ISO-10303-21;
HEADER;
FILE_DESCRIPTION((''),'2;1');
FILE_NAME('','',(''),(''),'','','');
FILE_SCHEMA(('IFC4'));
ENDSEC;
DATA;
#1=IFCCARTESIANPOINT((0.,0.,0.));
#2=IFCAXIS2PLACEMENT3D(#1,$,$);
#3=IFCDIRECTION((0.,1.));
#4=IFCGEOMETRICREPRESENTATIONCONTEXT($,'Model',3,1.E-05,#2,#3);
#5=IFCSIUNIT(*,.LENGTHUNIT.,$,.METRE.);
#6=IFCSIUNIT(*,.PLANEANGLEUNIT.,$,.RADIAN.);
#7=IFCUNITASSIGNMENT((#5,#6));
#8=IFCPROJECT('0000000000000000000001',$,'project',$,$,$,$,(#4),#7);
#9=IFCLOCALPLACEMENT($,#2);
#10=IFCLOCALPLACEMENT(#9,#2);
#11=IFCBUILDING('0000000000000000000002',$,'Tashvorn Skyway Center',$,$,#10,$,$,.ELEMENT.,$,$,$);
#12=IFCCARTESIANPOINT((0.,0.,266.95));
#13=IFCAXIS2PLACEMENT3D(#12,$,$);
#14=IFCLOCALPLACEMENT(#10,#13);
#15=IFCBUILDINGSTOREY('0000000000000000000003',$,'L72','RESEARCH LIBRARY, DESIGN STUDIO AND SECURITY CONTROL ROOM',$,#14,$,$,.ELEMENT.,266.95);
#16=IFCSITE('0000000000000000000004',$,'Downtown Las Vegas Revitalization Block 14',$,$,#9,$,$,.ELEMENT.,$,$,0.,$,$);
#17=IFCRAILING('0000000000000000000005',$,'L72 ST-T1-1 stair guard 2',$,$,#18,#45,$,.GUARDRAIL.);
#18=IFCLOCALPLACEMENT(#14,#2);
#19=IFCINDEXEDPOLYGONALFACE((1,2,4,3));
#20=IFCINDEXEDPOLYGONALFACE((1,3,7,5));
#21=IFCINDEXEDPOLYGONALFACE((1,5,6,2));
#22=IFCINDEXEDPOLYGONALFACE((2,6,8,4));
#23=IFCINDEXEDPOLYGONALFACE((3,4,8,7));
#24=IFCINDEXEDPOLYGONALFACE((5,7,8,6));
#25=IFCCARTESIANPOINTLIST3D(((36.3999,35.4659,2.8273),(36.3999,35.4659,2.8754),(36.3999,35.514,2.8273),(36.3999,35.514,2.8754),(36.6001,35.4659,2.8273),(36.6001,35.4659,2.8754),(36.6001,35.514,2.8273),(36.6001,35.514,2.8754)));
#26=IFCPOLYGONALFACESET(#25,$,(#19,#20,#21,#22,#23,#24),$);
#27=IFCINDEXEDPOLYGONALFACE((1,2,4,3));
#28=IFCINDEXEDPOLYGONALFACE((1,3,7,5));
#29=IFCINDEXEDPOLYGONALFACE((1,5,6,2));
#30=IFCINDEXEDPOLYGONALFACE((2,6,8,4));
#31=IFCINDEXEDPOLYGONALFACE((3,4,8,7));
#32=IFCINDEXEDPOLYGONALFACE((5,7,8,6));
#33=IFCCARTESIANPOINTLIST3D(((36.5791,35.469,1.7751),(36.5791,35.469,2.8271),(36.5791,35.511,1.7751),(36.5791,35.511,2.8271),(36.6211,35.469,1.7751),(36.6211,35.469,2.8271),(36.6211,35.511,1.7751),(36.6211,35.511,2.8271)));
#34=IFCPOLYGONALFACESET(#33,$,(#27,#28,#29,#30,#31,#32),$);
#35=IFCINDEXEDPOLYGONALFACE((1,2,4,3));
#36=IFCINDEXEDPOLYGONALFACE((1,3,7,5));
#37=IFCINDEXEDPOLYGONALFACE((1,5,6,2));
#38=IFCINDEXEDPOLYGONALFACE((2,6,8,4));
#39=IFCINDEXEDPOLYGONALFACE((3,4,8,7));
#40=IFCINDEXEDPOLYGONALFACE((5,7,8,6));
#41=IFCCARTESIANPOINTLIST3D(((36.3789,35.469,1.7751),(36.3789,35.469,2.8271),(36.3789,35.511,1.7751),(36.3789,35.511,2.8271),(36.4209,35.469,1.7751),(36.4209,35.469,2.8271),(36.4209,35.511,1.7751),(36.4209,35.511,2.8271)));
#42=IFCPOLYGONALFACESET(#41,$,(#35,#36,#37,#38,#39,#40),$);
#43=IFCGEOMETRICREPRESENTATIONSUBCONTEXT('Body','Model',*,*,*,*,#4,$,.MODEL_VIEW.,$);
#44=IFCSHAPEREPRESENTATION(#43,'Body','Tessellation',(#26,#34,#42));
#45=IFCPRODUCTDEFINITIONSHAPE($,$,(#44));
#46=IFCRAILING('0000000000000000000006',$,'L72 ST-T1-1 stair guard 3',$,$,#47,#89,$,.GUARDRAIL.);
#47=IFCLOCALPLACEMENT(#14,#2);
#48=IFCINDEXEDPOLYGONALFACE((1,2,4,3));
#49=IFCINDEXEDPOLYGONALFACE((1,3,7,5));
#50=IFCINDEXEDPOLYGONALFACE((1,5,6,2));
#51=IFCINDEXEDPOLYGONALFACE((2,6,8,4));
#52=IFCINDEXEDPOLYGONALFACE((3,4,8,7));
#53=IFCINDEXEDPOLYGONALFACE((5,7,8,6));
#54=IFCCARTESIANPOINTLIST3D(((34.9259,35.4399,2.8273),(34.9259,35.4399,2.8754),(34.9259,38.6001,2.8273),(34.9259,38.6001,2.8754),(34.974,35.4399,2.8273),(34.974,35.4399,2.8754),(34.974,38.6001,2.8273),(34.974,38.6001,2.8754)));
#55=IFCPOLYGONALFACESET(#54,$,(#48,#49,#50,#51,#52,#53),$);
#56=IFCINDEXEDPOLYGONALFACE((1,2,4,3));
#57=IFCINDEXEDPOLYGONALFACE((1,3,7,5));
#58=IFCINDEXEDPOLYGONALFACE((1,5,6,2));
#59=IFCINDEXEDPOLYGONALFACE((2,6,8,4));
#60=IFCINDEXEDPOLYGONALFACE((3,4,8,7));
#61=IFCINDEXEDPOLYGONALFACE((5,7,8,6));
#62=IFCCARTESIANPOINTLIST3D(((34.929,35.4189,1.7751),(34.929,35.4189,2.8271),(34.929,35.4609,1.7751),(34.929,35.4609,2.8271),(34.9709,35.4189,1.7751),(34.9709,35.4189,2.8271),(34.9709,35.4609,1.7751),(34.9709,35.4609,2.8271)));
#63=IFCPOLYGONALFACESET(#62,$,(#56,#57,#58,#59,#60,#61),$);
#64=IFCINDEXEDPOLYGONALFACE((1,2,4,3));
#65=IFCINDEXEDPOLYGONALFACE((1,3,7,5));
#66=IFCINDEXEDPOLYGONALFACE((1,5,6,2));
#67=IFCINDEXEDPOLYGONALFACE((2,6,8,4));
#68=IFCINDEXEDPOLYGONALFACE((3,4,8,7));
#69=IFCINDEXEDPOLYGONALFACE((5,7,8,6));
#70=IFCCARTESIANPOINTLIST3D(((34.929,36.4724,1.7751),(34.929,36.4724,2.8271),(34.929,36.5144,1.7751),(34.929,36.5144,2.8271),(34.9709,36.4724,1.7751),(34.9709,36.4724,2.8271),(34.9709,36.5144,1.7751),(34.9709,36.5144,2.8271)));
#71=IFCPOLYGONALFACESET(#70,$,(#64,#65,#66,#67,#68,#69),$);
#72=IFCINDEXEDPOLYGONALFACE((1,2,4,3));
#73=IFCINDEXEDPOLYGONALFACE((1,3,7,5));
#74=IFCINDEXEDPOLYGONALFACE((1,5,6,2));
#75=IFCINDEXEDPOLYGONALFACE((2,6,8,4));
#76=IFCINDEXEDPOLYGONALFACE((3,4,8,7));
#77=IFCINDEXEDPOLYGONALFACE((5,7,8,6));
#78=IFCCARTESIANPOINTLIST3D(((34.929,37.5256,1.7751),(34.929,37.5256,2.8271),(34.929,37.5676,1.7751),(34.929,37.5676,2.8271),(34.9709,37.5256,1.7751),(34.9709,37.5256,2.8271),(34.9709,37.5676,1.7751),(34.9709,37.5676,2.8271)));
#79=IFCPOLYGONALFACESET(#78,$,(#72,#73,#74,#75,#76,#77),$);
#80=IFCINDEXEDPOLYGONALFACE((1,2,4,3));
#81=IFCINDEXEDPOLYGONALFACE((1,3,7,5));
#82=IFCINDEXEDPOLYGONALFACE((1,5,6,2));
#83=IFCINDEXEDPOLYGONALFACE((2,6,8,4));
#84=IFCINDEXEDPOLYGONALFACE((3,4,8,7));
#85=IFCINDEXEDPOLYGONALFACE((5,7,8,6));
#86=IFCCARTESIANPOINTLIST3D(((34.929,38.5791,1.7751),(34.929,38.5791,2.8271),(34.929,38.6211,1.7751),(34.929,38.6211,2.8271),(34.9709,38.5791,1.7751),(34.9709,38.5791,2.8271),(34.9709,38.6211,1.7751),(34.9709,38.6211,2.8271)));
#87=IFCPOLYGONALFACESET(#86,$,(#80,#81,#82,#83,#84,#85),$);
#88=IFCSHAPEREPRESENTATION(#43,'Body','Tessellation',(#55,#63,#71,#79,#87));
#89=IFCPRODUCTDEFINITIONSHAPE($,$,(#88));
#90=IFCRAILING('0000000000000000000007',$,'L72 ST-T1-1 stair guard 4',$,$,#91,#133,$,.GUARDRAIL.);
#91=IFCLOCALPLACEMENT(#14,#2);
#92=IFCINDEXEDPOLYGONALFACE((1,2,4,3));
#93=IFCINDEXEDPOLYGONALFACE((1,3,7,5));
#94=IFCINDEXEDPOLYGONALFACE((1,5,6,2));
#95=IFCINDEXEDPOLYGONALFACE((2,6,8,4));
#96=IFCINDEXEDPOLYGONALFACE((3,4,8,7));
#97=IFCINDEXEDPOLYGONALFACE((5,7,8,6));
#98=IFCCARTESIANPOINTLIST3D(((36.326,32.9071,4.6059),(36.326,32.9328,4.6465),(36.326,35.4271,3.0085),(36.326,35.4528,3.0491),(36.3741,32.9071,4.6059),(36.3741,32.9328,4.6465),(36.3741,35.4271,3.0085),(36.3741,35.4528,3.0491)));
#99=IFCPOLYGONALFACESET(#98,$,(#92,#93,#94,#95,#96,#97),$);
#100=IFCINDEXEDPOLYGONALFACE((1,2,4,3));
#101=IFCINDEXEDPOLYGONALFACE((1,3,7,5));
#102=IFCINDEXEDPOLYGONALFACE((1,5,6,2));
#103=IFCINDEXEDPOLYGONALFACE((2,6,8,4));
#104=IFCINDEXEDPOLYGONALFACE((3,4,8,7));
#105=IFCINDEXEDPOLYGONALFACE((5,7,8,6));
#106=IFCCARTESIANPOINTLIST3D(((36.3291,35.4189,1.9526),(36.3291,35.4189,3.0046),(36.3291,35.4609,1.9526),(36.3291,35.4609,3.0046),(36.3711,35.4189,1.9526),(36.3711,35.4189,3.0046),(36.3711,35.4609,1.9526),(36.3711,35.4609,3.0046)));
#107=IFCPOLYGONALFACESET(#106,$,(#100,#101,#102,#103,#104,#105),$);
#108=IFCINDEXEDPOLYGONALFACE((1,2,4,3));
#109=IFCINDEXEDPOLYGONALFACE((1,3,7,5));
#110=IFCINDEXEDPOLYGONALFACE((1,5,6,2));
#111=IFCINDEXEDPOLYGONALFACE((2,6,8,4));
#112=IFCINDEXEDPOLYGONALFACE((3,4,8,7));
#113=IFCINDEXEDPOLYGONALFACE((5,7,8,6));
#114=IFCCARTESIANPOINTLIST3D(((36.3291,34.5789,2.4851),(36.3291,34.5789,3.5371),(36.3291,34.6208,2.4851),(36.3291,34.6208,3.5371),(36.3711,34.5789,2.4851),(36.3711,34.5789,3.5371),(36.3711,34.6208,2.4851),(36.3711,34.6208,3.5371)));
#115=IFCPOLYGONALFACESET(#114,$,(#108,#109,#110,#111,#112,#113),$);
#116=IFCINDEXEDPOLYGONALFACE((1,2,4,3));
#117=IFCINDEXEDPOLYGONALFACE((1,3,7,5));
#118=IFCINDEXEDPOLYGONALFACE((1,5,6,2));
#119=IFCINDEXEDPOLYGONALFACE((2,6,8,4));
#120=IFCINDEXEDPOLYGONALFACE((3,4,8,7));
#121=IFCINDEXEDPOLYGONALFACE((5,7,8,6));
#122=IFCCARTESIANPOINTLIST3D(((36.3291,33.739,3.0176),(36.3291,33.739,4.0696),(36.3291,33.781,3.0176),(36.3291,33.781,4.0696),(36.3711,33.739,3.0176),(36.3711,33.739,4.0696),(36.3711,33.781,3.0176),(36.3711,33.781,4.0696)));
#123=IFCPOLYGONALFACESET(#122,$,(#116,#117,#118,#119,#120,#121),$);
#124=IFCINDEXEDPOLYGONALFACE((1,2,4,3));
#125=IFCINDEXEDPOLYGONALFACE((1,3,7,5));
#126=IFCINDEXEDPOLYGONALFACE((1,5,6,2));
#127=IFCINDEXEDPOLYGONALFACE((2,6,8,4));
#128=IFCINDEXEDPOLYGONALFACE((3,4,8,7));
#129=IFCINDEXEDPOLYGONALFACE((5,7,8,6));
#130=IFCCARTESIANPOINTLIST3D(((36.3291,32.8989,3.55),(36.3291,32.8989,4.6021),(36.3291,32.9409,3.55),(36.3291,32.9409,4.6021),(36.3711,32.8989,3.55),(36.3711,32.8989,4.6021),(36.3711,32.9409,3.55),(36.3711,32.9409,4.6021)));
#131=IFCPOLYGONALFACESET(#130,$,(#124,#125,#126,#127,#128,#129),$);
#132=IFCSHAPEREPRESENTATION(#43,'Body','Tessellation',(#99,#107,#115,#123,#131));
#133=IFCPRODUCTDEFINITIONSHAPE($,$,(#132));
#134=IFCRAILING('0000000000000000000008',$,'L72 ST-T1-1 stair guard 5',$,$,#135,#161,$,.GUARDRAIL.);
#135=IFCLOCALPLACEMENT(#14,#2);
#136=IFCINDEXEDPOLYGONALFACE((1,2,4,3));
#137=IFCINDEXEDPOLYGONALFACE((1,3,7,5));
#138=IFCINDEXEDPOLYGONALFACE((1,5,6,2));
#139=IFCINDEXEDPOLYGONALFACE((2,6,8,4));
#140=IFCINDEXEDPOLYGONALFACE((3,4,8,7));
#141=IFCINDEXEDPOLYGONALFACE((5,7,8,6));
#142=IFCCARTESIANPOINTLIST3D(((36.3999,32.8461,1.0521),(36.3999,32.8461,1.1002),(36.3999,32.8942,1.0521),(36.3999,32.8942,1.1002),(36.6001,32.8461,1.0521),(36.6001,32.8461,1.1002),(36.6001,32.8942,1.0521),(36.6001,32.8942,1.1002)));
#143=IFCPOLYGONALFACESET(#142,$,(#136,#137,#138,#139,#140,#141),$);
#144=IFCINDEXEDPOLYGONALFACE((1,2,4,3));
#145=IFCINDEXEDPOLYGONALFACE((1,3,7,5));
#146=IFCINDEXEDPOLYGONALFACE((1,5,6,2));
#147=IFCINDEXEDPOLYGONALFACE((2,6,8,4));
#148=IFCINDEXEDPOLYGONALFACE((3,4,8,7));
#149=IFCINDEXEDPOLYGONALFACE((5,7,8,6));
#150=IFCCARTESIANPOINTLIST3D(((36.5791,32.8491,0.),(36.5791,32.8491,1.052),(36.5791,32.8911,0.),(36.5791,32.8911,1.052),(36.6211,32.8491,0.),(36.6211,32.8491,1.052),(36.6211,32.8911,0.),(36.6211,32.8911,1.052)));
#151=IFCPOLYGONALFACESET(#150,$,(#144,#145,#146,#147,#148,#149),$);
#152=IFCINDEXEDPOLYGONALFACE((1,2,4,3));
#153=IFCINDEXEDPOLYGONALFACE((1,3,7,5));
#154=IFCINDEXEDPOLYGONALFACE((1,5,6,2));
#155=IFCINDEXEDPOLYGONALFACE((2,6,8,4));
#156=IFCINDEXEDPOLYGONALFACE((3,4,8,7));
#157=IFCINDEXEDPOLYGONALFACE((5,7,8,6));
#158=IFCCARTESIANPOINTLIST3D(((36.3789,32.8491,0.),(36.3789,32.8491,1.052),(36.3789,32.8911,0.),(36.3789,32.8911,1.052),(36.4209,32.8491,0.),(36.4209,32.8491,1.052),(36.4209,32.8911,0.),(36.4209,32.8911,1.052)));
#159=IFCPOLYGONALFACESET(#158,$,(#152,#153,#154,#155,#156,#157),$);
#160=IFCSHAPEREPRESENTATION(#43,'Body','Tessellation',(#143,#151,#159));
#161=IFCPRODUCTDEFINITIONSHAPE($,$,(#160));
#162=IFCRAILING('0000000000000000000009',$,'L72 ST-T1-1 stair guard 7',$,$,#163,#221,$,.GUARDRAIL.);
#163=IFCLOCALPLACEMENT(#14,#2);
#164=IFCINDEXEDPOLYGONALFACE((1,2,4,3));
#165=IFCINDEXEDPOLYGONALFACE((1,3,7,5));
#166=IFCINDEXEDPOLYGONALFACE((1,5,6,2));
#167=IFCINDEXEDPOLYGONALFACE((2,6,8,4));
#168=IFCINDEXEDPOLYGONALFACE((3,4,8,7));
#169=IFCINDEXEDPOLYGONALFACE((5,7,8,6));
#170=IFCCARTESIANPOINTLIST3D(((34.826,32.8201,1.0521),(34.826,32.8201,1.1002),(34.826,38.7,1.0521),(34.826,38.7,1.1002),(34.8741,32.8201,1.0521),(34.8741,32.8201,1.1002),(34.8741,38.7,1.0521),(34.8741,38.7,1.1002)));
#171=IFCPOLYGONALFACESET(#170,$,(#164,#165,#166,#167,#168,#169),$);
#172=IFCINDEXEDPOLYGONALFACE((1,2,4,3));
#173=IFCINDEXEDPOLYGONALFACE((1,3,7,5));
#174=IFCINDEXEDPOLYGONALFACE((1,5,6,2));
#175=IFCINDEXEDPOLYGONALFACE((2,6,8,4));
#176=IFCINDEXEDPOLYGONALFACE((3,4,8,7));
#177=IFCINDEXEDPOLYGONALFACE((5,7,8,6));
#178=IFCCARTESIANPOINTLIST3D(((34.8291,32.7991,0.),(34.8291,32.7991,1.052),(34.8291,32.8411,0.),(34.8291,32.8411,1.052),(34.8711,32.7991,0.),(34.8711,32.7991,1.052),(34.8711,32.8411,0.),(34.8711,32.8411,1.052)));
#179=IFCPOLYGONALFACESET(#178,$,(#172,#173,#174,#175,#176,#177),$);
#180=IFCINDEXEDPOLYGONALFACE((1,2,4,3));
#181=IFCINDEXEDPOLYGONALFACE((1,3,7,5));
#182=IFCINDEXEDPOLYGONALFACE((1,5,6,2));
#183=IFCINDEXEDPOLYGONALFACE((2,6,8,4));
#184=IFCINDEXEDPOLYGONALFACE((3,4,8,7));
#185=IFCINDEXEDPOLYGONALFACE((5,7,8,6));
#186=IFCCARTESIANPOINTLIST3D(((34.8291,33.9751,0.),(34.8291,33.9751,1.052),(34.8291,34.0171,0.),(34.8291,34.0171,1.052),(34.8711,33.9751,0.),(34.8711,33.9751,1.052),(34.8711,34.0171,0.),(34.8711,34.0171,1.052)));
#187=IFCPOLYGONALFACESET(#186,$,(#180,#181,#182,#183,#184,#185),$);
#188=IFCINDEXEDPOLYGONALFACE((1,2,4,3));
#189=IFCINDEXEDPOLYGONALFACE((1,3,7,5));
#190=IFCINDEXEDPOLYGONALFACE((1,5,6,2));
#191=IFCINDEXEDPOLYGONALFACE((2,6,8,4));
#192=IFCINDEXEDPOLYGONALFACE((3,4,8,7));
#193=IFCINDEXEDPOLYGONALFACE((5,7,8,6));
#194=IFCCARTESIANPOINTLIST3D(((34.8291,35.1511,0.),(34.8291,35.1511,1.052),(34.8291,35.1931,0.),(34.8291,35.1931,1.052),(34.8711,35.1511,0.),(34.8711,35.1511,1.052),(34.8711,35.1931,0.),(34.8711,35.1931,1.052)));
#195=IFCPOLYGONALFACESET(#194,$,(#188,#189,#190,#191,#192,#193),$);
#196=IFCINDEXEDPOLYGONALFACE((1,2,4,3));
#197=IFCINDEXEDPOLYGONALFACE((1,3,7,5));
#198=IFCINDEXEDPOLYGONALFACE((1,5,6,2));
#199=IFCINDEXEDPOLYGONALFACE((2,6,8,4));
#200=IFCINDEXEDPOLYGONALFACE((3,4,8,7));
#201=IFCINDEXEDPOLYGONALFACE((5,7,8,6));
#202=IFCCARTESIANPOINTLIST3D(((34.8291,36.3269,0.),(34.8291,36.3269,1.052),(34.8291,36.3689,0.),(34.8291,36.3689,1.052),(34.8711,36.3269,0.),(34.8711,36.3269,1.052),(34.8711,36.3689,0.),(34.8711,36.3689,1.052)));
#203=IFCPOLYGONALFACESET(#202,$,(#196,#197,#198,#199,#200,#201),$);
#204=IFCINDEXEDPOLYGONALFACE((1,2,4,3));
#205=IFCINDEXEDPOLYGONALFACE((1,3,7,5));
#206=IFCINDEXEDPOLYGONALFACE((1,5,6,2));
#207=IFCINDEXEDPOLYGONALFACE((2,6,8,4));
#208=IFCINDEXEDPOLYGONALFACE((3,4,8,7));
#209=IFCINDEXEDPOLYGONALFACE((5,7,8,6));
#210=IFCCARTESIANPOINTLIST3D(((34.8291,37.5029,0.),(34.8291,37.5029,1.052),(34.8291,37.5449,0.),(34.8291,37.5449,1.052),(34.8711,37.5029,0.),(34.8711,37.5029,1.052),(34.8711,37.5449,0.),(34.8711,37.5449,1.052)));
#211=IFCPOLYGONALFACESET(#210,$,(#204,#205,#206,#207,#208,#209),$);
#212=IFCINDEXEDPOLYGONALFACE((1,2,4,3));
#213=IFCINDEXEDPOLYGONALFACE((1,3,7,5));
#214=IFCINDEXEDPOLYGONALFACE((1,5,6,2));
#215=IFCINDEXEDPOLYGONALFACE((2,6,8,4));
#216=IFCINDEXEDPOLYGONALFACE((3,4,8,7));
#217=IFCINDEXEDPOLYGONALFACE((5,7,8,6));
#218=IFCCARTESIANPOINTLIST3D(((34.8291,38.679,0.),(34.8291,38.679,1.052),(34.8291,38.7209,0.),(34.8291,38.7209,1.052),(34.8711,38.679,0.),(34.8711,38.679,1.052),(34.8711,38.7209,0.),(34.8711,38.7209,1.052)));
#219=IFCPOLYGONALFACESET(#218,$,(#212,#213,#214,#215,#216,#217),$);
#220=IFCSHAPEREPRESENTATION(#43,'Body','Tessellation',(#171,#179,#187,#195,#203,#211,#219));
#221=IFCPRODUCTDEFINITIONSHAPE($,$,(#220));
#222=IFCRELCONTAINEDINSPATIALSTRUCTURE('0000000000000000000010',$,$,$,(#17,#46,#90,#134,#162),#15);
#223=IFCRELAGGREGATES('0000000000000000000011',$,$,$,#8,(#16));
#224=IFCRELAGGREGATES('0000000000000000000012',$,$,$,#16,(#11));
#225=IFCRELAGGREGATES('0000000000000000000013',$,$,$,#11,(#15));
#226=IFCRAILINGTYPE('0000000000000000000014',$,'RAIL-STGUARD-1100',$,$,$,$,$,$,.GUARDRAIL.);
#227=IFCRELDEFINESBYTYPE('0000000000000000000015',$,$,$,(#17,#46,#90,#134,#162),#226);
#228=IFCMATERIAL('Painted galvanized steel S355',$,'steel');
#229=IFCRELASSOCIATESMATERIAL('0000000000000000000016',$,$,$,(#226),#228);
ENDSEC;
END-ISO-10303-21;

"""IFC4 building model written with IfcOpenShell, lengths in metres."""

from ifc_helpers import new_model, si_unit, direction, frame, origin, origin_2d, place, context, subcontext, project, spatial, rectangle, extrude, material, type_object, element, save


model = new_model("IFC4")

# Units and contexts
model_context = context("Model", 3, precision=1e-05, world=origin(), true_north=direction((0.0, 1.0)))
body_context = subcontext(model_context, "Body", "Model", "MODEL_VIEW")
ifc_project = project(units=[si_unit("LENGTHUNIT", "METRE"), si_unit("PLANEANGLEUNIT", "RADIAN")], contexts=[model_context])

# Site, building, storey
site_placement = place(None, origin())
site = spatial("IfcSite", under=ifc_project, at=site_placement, Name="Downtown Las Vegas Revitalization Block 14", CompositionType="ELEMENT", RefElevation=0.0)
building_placement = place(site_placement, origin())
building = spatial("IfcBuilding", under=site, at=building_placement, Name="Tashvorn Skyway Center", CompositionType="ELEMENT")
storey_placement = place(building_placement, frame((0.0, 0.0, 266.95)))
storey = spatial("IfcBuildingStorey", under=building, at=storey_placement, Name="L72", Description="RESEARCH LIBRARY, DESIGN STUDIO AND SECURITY CONTROL ROOM", CompositionType="ELEMENT", Elevation=266.95)

# Railings
ifc_material_1 = material(Name="Painted galvanized steel S355", Category="steel")
railing_type_1 = type_object("IfcRailingType", Name="RAIL-STGUARD-1100", PredefinedType="GUARDRAIL", material=ifc_material_1)
railing_1_placement = place(storey_placement, frame((36.6001, 35.49, 1.7751)))
element("IfcRailing", 1, at=railing_1_placement, inside=storey, type_object=railing_type_1, Name="L72 ST-T1-1 stair guard 2", PredefinedType="GUARDRAIL", context=body_context, shape_type="SweptSolid", body=[
    extrude(rectangle(XDim=0.0481, YDim=0.0481, at=origin_2d()), frame((0.0, 0.0, 1.0762), z_axis=(-1.0, 0.0, 0.0), x_axis=(0.0, -1.0, 0.0)), (0.0, 0.0, 1.0), 0.2002),
    extrude(rectangle(XDim=0.042, YDim=0.042, at=origin_2d()), origin(), (0.0, 0.0, 1.0), 1.052),
    extrude(rectangle(XDim=0.042, YDim=0.042, at=origin_2d()), frame((-0.2002, 0.0, 0.0)), (0.0, 0.0, 1.0), 1.052),
])
railing_2_placement = place(storey_placement, frame((34.95, 35.4399, 1.7751)))
element("IfcRailing", 2, at=railing_2_placement, inside=storey, type_object=railing_type_1, Name="L72 ST-T1-1 stair guard 3", PredefinedType="GUARDRAIL", context=body_context, shape_type="SweptSolid", body=[
    extrude(rectangle(XDim=0.0481, YDim=0.0481, at=origin_2d()), frame((0.0, 0.0, 1.0762), z_axis=(0.0, 1.0, 0.0), x_axis=(-1.0, 0.0, 0.0)), (0.0, 0.0, 1.0), 3.1602),
    extrude(rectangle(XDim=0.042, YDim=0.042, at=origin_2d()), origin(), (0.0, 0.0, 1.0), 1.052),
    extrude(rectangle(XDim=0.042, YDim=0.042, at=origin_2d()), frame((0.0, 1.0535, 0.0)), (0.0, 0.0, 1.0), 1.052),
    extrude(rectangle(XDim=0.042, YDim=0.042, at=origin_2d()), frame((0.0, 2.1067, 0.0)), (0.0, 0.0, 1.0), 1.052),
    extrude(rectangle(XDim=0.042, YDim=0.042, at=origin_2d()), frame((0.0, 3.1602, 0.0)), (0.0, 0.0, 1.0), 1.052),
])
railing_3_placement = place(storey_placement, frame((36.3501, 35.4399, 1.9526)))
element("IfcRailing", 3, at=railing_3_placement, inside=storey, type_object=railing_type_1, Name="L72 ST-T1-1 stair guard 4", PredefinedType="GUARDRAIL", context=body_context, shape_type="SweptSolid", body=[
    extrude(rectangle(XDim=0.0481, YDim=0.0481, at=origin_2d()), frame((0.0, 0.0, 1.0762), z_axis=(0.0, -0.844607, 0.535387), x_axis=(1.0, 0.0, 0.0)), (0.0, 0.0, 1.0), 2.9836),
    extrude(rectangle(XDim=0.042, YDim=0.042, at=origin_2d()), origin(), (0.0, 0.0, 1.0), 1.052),
    extrude(rectangle(XDim=0.042, YDim=0.042, at=origin_2d()), frame((0.0, -0.8401, 0.5325)), (0.0, 0.0, 1.0), 1.052),
    extrude(rectangle(XDim=0.042, YDim=0.042, at=origin_2d()), frame((0.0, -1.6799, 1.0649)), (0.0, 0.0, 1.0), 1.052),
    extrude(rectangle(XDim=0.042, YDim=0.042, at=origin_2d()), frame((0.0, -2.52, 1.5974)), (0.0, 0.0, 1.0), 1.052),
])
railing_4_placement = place(storey_placement, frame((36.6001, 32.8701, 0.0)))
element("IfcRailing", 4, at=railing_4_placement, inside=storey, type_object=railing_type_1, Name="L72 ST-T1-1 stair guard 5", PredefinedType="GUARDRAIL", context=body_context, shape_type="SweptSolid", body=[
    extrude(rectangle(XDim=0.0481, YDim=0.0481, at=origin_2d()), frame((0.0, 0.0, 1.0762), z_axis=(-1.0, 0.0, 0.0), x_axis=(0.0, -1.0, 0.0)), (0.0, 0.0, 1.0), 0.2002),
    extrude(rectangle(XDim=0.042, YDim=0.042, at=origin_2d()), origin(), (0.0, 0.0, 1.0), 1.052),
    extrude(rectangle(XDim=0.042, YDim=0.042, at=origin_2d()), frame((-0.2002, 0.0, 0.0)), (0.0, 0.0, 1.0), 1.052),
])
railing_5_placement = place(storey_placement, frame((34.8501, 32.8201, 0.0)))
element("IfcRailing", 5, at=railing_5_placement, inside=storey, type_object=railing_type_1, Name="L72 ST-T1-1 stair guard 7", PredefinedType="GUARDRAIL", context=body_context, shape_type="SweptSolid", body=[
    extrude(rectangle(XDim=0.0481, YDim=0.0481, at=origin_2d()), frame((0.0, 0.0, 1.0762), z_axis=(0.0, 1.0, 0.0), x_axis=(-1.0, 0.0, 0.0)), (0.0, 0.0, 1.0), 5.8799),
    extrude(rectangle(XDim=0.042, YDim=0.042, at=origin_2d()), origin(), (0.0, 0.0, 1.0), 1.052),
    extrude(rectangle(XDim=0.042, YDim=0.042, at=origin_2d()), frame((0.0, 1.176, 0.0)), (0.0, 0.0, 1.0), 1.052),
    extrude(rectangle(XDim=0.042, YDim=0.042, at=origin_2d()), frame((0.0, 2.3521, 0.0)), (0.0, 0.0, 1.0), 1.052),
    extrude(rectangle(XDim=0.042, YDim=0.042, at=origin_2d()), frame((0.0, 3.5278, 0.0)), (0.0, 0.0, 1.0), 1.052),
    extrude(rectangle(XDim=0.042, YDim=0.042, at=origin_2d()), frame((0.0, 4.7039, 0.0)), (0.0, 0.0, 1.0), 1.052),
    extrude(rectangle(XDim=0.042, YDim=0.042, at=origin_2d()), frame((0.0, 5.8799, 0.0)), (0.0, 0.0, 1.0), 1.052),
])

save(model, "model.ifc")
